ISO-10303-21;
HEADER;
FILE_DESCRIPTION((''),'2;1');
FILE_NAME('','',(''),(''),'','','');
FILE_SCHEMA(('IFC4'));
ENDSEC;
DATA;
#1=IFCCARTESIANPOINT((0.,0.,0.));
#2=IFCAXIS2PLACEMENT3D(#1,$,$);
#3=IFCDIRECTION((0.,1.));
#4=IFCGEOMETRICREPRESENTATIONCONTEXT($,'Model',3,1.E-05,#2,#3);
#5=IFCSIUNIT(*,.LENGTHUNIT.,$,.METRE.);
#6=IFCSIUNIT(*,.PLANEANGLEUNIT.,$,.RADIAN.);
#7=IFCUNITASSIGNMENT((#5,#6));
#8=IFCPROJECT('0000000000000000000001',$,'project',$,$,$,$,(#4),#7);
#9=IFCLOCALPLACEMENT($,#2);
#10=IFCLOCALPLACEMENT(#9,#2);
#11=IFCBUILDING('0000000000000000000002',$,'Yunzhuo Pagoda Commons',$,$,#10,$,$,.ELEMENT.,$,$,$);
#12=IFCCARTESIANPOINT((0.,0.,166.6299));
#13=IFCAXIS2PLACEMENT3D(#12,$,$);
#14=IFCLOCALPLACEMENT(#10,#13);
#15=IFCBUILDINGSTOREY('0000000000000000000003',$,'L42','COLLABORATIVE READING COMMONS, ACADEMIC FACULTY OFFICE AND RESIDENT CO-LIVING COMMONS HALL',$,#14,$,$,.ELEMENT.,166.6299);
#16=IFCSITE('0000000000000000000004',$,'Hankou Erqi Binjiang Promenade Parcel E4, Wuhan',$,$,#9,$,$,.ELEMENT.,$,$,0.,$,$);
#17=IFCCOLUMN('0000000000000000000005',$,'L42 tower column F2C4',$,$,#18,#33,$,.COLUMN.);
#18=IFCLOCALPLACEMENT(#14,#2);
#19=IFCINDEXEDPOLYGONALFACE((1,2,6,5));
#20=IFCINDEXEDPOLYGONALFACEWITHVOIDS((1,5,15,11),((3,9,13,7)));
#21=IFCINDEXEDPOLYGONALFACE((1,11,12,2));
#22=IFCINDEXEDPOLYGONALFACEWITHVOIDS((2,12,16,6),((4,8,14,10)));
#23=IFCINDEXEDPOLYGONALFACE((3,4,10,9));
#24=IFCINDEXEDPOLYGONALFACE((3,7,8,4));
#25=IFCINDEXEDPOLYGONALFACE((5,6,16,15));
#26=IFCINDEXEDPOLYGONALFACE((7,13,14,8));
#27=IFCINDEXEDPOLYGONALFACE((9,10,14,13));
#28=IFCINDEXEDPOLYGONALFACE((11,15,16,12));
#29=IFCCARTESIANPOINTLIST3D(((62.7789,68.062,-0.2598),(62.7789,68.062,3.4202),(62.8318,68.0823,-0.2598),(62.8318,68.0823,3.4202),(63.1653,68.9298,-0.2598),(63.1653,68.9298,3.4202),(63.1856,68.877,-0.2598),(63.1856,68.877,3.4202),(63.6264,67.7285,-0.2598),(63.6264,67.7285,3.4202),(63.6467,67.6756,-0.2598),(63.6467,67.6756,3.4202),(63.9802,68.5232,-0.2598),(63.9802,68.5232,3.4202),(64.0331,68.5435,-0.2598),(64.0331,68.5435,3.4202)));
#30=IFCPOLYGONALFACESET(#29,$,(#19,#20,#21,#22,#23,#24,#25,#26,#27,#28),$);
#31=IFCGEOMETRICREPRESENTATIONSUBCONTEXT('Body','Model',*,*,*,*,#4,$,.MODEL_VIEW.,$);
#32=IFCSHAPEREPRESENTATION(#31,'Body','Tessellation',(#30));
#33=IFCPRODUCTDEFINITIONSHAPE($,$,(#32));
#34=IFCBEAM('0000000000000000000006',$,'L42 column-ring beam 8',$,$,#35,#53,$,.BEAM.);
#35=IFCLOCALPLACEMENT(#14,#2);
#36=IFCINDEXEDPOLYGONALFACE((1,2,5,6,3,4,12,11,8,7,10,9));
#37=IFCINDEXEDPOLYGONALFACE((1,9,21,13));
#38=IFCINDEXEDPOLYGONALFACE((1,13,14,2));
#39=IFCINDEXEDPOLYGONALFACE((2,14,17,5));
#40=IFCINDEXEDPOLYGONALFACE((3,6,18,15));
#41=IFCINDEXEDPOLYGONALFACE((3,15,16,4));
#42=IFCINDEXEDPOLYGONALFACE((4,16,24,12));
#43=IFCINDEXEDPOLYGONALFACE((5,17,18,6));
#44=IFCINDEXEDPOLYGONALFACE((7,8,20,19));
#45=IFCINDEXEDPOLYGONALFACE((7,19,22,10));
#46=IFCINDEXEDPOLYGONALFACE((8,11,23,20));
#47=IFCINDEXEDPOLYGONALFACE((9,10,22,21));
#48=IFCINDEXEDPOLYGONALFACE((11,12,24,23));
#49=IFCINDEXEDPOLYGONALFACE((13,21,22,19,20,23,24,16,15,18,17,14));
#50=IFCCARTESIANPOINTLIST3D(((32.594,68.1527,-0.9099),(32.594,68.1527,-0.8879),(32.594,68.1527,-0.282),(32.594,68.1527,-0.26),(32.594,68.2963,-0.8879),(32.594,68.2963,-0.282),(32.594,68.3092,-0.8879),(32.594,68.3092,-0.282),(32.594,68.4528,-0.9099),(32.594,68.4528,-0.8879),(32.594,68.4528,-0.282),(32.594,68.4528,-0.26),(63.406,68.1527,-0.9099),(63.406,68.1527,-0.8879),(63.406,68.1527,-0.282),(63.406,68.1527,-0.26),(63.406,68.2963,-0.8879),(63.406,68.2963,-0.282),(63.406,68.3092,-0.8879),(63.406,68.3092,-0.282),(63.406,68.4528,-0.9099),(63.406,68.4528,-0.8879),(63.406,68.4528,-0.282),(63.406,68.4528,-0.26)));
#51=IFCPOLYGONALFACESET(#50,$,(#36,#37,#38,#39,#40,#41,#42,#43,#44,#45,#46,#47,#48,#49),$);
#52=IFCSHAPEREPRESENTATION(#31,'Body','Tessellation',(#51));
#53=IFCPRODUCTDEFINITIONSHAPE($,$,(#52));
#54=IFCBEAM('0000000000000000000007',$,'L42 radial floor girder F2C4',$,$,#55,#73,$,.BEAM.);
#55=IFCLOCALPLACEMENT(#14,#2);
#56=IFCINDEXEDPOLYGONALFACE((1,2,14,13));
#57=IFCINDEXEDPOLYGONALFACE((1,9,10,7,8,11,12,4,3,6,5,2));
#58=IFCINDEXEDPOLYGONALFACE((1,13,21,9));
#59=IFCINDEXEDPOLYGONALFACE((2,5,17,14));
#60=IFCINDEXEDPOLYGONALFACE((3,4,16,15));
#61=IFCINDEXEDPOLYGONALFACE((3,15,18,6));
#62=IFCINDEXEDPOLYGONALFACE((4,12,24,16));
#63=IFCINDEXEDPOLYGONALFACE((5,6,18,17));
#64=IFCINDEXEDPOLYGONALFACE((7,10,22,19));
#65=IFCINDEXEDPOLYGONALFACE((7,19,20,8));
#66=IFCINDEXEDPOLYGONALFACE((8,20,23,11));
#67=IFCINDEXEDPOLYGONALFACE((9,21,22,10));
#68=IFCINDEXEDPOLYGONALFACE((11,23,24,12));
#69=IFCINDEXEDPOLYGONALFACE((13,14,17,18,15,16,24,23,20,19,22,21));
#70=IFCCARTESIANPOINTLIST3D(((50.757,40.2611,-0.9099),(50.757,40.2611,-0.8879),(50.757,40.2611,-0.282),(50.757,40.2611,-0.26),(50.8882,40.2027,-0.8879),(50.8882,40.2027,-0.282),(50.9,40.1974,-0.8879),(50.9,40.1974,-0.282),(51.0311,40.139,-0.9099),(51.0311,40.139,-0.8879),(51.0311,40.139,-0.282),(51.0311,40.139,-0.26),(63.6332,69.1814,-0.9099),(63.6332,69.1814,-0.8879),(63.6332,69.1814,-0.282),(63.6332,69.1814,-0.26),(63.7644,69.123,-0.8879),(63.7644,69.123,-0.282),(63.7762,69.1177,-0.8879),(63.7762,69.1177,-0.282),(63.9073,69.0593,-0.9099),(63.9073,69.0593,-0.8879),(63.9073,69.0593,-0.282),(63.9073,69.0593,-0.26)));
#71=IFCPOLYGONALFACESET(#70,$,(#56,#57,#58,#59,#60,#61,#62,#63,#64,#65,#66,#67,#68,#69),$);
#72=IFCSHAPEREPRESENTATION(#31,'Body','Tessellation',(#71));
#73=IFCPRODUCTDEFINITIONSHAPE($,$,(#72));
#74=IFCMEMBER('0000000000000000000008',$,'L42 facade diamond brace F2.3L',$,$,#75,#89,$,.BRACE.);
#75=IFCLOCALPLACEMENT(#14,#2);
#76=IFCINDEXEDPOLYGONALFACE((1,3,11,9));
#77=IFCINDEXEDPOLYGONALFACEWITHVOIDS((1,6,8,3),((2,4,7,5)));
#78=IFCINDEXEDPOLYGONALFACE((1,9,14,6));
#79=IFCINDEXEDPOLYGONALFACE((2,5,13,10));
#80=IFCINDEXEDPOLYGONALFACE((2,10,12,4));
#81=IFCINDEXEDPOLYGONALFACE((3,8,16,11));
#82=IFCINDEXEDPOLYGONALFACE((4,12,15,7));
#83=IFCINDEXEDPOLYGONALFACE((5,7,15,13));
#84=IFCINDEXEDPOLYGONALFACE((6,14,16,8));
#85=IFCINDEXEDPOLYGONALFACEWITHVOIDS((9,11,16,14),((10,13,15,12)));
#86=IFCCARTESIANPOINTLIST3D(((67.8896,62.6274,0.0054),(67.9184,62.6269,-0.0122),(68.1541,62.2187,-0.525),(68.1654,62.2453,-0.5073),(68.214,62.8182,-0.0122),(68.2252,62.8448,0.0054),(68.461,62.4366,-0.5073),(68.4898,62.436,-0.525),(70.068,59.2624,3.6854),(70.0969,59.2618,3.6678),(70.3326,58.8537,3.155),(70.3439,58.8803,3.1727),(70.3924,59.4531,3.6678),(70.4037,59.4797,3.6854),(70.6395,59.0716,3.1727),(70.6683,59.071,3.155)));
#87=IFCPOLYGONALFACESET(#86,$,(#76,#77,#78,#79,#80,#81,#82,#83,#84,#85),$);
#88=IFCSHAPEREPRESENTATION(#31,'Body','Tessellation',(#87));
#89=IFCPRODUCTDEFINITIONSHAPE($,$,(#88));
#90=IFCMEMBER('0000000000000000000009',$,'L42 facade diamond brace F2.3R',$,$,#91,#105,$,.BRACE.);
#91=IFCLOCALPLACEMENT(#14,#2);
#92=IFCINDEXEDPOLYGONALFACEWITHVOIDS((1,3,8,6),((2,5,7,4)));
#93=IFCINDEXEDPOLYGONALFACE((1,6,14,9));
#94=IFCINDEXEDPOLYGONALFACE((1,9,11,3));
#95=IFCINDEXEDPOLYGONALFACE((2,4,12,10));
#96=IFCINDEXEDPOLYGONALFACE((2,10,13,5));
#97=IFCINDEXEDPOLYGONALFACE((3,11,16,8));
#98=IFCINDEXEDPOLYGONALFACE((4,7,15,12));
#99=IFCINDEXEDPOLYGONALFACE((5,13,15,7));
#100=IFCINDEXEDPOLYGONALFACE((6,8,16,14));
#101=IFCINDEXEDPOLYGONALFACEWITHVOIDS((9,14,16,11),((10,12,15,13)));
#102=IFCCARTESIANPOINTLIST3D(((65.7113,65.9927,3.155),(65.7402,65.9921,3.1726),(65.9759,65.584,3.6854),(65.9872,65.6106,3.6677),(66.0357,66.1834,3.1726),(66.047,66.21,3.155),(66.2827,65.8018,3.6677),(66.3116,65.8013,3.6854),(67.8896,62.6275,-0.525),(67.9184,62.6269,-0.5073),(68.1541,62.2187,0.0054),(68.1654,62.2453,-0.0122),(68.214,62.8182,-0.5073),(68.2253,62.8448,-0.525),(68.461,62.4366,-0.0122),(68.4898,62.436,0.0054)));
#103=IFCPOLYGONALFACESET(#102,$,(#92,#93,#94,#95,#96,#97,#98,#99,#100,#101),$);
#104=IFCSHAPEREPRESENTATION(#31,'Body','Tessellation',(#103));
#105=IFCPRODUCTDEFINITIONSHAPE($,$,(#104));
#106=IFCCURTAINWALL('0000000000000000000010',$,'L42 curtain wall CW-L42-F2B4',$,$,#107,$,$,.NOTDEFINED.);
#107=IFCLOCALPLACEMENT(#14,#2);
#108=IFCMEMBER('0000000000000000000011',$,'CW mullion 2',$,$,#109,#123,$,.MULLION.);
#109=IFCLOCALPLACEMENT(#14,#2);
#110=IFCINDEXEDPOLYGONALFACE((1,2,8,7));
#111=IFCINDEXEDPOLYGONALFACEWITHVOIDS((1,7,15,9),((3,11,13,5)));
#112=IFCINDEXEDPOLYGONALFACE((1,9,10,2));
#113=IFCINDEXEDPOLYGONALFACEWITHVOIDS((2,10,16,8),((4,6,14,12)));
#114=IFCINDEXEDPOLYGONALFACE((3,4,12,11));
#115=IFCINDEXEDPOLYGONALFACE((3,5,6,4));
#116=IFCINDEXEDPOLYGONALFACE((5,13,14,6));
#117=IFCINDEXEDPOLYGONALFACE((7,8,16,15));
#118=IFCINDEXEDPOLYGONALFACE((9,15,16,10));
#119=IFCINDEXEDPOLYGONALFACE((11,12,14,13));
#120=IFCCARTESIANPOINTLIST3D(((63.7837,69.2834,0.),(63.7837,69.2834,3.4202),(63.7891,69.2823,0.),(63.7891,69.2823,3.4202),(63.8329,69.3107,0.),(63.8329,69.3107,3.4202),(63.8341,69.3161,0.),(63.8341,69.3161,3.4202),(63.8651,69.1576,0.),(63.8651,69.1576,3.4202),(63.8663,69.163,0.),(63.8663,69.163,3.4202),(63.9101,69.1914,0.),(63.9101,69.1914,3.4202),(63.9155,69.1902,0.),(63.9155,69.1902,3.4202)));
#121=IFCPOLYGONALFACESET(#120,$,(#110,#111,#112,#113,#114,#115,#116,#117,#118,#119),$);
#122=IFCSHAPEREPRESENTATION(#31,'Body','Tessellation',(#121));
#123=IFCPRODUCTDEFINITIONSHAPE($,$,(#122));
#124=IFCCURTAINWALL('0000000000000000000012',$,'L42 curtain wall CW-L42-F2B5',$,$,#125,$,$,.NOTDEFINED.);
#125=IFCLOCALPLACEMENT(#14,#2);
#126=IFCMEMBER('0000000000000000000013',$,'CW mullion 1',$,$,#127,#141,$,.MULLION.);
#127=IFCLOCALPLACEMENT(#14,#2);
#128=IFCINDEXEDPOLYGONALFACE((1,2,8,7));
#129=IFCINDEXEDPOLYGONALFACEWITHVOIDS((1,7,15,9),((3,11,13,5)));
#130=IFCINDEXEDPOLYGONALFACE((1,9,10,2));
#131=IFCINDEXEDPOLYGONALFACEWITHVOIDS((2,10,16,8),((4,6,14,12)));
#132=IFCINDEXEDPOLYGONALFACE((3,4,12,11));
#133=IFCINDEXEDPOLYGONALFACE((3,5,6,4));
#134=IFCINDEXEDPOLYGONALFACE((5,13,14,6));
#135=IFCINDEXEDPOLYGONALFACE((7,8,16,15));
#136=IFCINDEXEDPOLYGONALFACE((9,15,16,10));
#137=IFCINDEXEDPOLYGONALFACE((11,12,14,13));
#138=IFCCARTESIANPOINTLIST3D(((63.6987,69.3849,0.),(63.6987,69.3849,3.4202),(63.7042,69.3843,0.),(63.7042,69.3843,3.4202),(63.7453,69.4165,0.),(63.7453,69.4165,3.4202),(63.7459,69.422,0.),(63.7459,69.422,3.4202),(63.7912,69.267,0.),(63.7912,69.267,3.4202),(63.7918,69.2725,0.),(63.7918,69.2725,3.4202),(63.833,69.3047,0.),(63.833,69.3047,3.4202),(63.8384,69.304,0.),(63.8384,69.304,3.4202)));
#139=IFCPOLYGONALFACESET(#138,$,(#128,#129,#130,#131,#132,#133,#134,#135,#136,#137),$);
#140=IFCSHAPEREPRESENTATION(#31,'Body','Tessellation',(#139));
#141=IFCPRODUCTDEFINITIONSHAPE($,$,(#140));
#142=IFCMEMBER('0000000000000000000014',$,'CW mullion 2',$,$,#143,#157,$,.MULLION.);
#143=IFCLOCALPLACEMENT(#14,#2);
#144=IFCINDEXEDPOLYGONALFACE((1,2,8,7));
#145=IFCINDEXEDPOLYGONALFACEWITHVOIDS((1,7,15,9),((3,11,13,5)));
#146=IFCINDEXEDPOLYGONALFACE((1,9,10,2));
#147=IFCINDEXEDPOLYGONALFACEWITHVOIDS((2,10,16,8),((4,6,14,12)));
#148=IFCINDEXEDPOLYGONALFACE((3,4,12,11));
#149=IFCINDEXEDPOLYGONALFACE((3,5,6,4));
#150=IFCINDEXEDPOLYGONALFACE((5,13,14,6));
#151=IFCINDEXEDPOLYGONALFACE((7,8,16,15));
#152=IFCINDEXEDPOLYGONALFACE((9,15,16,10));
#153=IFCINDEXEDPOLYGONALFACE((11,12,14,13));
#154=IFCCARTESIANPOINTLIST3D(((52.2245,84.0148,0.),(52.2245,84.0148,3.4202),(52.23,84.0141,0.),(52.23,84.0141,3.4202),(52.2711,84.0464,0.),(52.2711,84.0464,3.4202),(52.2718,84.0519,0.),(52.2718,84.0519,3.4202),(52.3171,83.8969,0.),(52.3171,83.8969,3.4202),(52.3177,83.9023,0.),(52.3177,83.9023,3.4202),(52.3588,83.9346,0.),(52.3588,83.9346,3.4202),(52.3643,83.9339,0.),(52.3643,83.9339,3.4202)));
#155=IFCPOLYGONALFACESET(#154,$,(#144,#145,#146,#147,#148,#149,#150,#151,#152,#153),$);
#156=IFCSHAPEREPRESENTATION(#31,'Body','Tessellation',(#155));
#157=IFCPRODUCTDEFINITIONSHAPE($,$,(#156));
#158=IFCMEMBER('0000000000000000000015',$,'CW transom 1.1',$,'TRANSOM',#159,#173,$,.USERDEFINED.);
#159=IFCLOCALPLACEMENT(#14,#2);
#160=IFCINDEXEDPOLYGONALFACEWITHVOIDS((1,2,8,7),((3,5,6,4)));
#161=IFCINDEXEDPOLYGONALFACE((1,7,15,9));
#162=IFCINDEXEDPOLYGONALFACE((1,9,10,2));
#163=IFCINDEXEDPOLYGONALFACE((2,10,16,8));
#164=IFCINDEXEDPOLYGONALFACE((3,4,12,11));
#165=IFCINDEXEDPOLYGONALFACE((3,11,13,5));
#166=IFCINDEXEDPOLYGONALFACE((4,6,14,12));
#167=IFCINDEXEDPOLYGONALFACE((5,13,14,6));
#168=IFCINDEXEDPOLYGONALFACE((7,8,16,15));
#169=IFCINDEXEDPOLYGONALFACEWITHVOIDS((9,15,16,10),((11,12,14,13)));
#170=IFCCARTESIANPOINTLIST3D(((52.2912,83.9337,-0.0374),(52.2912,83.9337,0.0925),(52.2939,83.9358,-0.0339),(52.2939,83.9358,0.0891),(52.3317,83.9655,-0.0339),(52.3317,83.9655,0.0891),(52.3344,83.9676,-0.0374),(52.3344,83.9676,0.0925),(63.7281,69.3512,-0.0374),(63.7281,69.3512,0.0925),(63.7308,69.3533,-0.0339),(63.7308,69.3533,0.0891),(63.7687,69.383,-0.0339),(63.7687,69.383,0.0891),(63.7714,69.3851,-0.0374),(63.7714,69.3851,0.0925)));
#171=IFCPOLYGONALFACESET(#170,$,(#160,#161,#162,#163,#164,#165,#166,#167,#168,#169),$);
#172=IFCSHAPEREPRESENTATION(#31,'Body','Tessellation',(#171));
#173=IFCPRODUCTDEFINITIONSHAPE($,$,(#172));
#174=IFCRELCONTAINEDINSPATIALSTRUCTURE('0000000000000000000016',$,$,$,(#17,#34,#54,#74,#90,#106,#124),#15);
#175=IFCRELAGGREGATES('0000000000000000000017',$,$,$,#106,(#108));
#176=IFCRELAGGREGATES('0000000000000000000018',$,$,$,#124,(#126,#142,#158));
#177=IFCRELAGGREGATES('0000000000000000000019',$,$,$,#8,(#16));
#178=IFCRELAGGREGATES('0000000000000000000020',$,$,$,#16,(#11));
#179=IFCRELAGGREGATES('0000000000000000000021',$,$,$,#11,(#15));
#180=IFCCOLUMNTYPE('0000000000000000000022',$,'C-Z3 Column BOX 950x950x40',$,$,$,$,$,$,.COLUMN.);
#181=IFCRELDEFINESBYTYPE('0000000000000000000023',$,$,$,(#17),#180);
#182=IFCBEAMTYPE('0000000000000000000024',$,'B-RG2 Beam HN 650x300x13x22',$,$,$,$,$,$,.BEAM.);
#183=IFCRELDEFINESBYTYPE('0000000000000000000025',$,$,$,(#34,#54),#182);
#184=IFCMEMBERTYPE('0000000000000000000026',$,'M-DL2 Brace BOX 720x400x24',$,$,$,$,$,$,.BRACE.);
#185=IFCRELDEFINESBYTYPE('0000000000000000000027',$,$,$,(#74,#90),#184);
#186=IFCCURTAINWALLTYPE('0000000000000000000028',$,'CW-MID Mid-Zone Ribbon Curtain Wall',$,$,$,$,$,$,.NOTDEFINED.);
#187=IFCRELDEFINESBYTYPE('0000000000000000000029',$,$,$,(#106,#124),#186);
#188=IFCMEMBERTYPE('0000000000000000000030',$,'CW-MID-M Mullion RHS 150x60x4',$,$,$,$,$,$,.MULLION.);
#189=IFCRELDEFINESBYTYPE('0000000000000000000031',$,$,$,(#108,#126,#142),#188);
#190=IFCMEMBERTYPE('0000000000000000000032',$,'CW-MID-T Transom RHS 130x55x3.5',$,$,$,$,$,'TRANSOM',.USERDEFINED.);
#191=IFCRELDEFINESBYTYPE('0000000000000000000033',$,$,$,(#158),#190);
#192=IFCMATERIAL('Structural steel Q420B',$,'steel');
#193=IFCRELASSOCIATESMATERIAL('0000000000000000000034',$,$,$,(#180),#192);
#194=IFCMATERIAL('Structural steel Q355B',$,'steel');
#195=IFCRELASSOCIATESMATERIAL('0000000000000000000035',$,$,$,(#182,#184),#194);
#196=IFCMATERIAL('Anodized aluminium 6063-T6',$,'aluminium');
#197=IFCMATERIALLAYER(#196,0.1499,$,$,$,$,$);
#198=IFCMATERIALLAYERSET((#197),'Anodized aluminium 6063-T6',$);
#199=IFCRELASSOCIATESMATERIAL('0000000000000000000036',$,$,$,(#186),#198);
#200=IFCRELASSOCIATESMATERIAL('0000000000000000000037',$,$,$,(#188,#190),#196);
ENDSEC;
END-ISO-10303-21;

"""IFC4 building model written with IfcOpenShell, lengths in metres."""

from ifc_helpers import new_model, si_unit, direction, frame, origin, origin_2d, place, context, subcontext, project, spatial, hollow_rectangle, i_section, extrude, source, transform, mapped, material, layer, layer_set, material_profile, profile_set, type_object, element, aggregate, save


model = new_model("IFC4")

# Units and contexts
model_context = context("Model", 3, precision=1e-05, world=origin(), true_north=direction((0.0, 1.0)))
body_context = subcontext(model_context, "Body", "Model", "MODEL_VIEW")
ifc_project = project(units=[si_unit("LENGTHUNIT", "METRE"), si_unit("PLANEANGLEUNIT", "RADIAN")], contexts=[model_context])

# Site, building, storey
site_placement = place(None, origin())
site = spatial("IfcSite", under=ifc_project, at=site_placement, Name="Hankou Erqi Binjiang Promenade Parcel E4, Wuhan", CompositionType="ELEMENT", RefElevation=0.0)
building_placement = place(site_placement, origin())
building = spatial("IfcBuilding", under=site, at=building_placement, Name="Yunzhuo Pagoda Commons", CompositionType="ELEMENT")
storey_placement = place(building_placement, frame((0.0, 0.0, 166.6299)))
storey = spatial("IfcBuildingStorey", under=building, at=storey_placement, Name="L42", Description="COLLABORATIVE READING COMMONS, ACADEMIC FACULTY OFFICE AND RESIDENT CO-LIVING COMMONS HALL", CompositionType="ELEMENT", Elevation=166.6299)

# Column
ifc_material_1 = material(Name="Structural steel Q420B", Category="steel")
ifc_material_profile_1 = material_profile(ifc_material_1, hollow_rectangle(XDim=0.95, YDim=0.95, WallThickness=0.04, at=origin_2d()), Name="Structural steel Q420B")
ifc_profile_set_1 = profile_set([ifc_material_profile_1], Name="Structural steel Q420B")
column_type = type_object("IfcColumnType", Name="C-Z3 Column BOX 950x950x40", PredefinedType="COLUMN", material=ifc_profile_set_1)
shared_shape_1 = source(origin(), body_context, "Body", "SweptSolid", [
    extrude(hollow_rectangle(XDim=0.95, YDim=0.95, WallThickness=0.04, at=origin_2d()), origin(), (0.0, 0.0, 1.0), 3.6799),
])
column_placement = place(storey_placement, frame((63.406, 68.3027, -0.2598), z_axis=(0.0, 0.0, 1.0), x_axis=(-0.913545, 0.406737, 0.0)))
element("IfcColumn", 1, at=column_placement, inside=storey, type_object=column_type, Name="L42 tower column F2C4", PredefinedType="COLUMN", context=body_context, shape_type="MappedRepresentation", body=[
    mapped(shared_shape_1, transform((0.0, 0.0, 0.0), scale=1.0)),
])

# Beams
ifc_material_2 = material(Name="Structural steel Q355B", Category="steel")
ifc_material_profile_2 = material_profile(ifc_material_2, i_section(OverallWidth=0.3, OverallDepth=0.6499, WebThickness=0.0129, FlangeThickness=0.022, at=origin_2d()), Name="Structural steel Q355B")
ifc_profile_set_2 = profile_set([ifc_material_profile_2], Name="Structural steel Q355B")
beam_type = type_object("IfcBeamType", Name="B-RG2 Beam HN 650x300x13x22", PredefinedType="BEAM", material=ifc_profile_set_2)
shared_shape_2 = source(origin(), body_context, "Body", "SweptSolid", [
    extrude(i_section(OverallWidth=0.3, OverallDepth=0.6499, WebThickness=0.0129, FlangeThickness=0.022, at=origin_2d()), origin(), (0.0, 0.0, 1.0), 30.812),
])
beam_1_placement = place(storey_placement, frame((63.406, 68.3027, -0.585), z_axis=(-1.0, 0.0, 0.0), x_axis=(0.0, -1.0, 0.0)))
element("IfcBeam", 2, at=beam_1_placement, inside=storey, type_object=beam_type, Name="L42 column-ring beam 8", PredefinedType="BEAM", context=body_context, shape_type="MappedRepresentation", body=[
    mapped(shared_shape_2, transform((0.0, 0.0, 0.0), scale=1.0)),
])
shared_shape_3 = source(origin(), body_context, "Body", "SweptSolid", [
    extrude(i_section(OverallWidth=0.3, OverallDepth=0.6499, WebThickness=0.0129, FlangeThickness=0.022, at=origin_2d()), origin(), (0.0, 0.0, 1.0), 31.6572),
])
beam_2_placement = place(storey_placement, frame((63.7703, 69.1204, -0.585), z_axis=(-0.406737, -0.913545, 0.0), x_axis=(0.913545, -0.406737, 0.0)))
element("IfcBeam", 3, at=beam_2_placement, inside=storey, type_object=beam_type, Name="L42 radial floor girder F2C4", PredefinedType="BEAM", context=body_context, shape_type="MappedRepresentation", body=[
    mapped(shared_shape_3, transform((0.0, 0.0, 0.0), scale=1.0)),
])

# Members
ifc_material_profile_3 = material_profile(ifc_material_2, hollow_rectangle(XDim=0.3999, YDim=0.72, WallThickness=0.0239, at=origin_2d()), Name="Structural steel Q355B")
ifc_profile_set_3 = profile_set([ifc_material_profile_3], Name="Structural steel Q355B")
member_type_1 = type_object("IfcMemberType", Name="M-DL2 Brace BOX 720x400x24", PredefinedType="BRACE", material=ifc_profile_set_3)
shared_shape_4 = source(origin(), body_context, "Body", "SweptSolid", [
    extrude(hollow_rectangle(XDim=0.3999, YDim=0.72, WallThickness=0.0239, at=origin_2d()), origin(), (0.0, 0.0, 1.0), 5.4417),
])
for number, where, z_axis, x_axis, name in (
    (4, (68.1897, 62.5317, -0.2598), (0.400337, -0.618385, 0.676262), (0.839443, 0.543448, 0.0), "L42 facade diamond brace F2.3L"),
    (5, (68.1897, 62.5317, -0.2598), (-0.400289, 0.618424, 0.676255), (-0.839488, -0.543378, 0.0), "L42 facade diamond brace F2.3R"),
):
    element("IfcMember", number, at=place(storey_placement, frame(where, z_axis=z_axis, x_axis=x_axis)), inside=storey, type_object=member_type_1, Name=name, PredefinedType="BRACE", context=body_context, shape_type="MappedRepresentation", body=[
        mapped(shared_shape_4, transform((0.0, 0.0, 0.0), scale=1.0)),
    ])

# Curtain wall, member
ifc_material_3 = material(Name="Anodized aluminium 6063-T6", Category="aluminium")
ifc_layer_1 = layer(ifc_material_3, 0.1499)
ifc_layer_set_1 = layer_set([ifc_layer_1], Name="Anodized aluminium 6063-T6")
curtain_wall_type = type_object("IfcCurtainWallType", Name="CW-MID Mid-Zone Ribbon Curtain Wall", PredefinedType="NOTDEFINED", material=ifc_layer_set_1)
curtain_wall_1_placement = place(storey_placement, origin())
curtain_wall_1 = element("IfcCurtainWall", 6, at=curtain_wall_1_placement, inside=storey, type_object=curtain_wall_type, Name="L42 curtain wall CW-L42-F2B4", PredefinedType="NOTDEFINED")
ifc_material_profile_4 = material_profile(ifc_material_3, hollow_rectangle(XDim=0.0601, YDim=0.1499, WallThickness=0.0039, at=origin_2d()), Name="Anodized aluminium 6063-T6")
ifc_profile_set_4 = profile_set([ifc_material_profile_4], Name="Anodized aluminium 6063-T6")
member_type_2 = type_object("IfcMemberType", Name="CW-MID-M Mullion RHS 150x60x4", PredefinedType="MULLION", material=ifc_profile_set_4)
shared_shape_5 = source(origin(), body_context, "Body", "SweptSolid", [
    extrude(hollow_rectangle(XDim=0.0601, YDim=0.1499, WallThickness=0.0039, at=origin_2d()), origin(), (0.0, 0.0, 1.0), 3.4202),
])
member_1_placement = place(storey_placement, frame((63.8496, 69.2368, 0.0), z_axis=(0.0, 0.0, 1.0), x_axis=(-0.839466, -0.543412, 0.0)))
member_1 = element("IfcMember", 7, at=member_1_placement, type_object=member_type_2, Name="CW mullion 2", PredefinedType="MULLION", context=body_context, shape_type="MappedRepresentation", body=[
    mapped(shared_shape_5, transform((0.0, 0.0, 0.0), scale=1.0)),
])

# Curtain wall, members
curtain_wall_2_placement = place(storey_placement, origin())
curtain_wall_2 = element("IfcCurtainWall", 8, at=curtain_wall_2_placement, inside=storey, type_object=curtain_wall_type, Name="L42 curtain wall CW-L42-F2B5", PredefinedType="NOTDEFINED")
member_2_placement = place(storey_placement, frame((63.7686, 69.3445, 0.0), z_axis=(0.0, 0.0, 1.0), x_axis=(-0.786855, -0.617138, 0.0)))
member_2 = element("IfcMember", 9, at=member_2_placement, type_object=member_type_2, Name="CW mullion 1", PredefinedType="MULLION", context=body_context, shape_type="MappedRepresentation", body=[
    mapped(shared_shape_5, transform((0.0, 0.0, 0.0), scale=1.0)),
])
member_3_placement = place(storey_placement, frame((52.2944, 83.9744, 0.0), z_axis=(0.0, 0.0, 1.0), x_axis=(-0.786855, -0.617138, 0.0)))
member_3 = element("IfcMember", 10, at=member_3_placement, type_object=member_type_2, Name="CW mullion 2", PredefinedType="MULLION", context=body_context, shape_type="MappedRepresentation", body=[
    mapped(shared_shape_5, transform((0.0, 0.0, 0.0), scale=1.0)),
])
ifc_material_profile_5 = material_profile(ifc_material_3, hollow_rectangle(XDim=0.0549, YDim=0.1299, WallThickness=0.0034, at=origin_2d()), Name="Anodized aluminium 6063-T6")
ifc_profile_set_5 = profile_set([ifc_material_profile_5], Name="Anodized aluminium 6063-T6")
member_type_3 = type_object("IfcMemberType", Name="CW-MID-T Transom RHS 130x55x3.5", ElementType="TRANSOM", PredefinedType="USERDEFINED", material=ifc_profile_set_5)
shared_shape_6 = source(origin(), body_context, "Body", "SweptSolid", [
    extrude(hollow_rectangle(XDim=0.0549, YDim=0.1299, WallThickness=0.0034, at=origin_2d()), origin(), (0.0, 0.0, 1.0), 18.5325),
])
member_4_placement = place(storey_placement, frame((63.7498, 69.3682, 0.0276), z_axis=(-0.617131, 0.78686, 0.0), x_axis=(-0.78686, -0.617131, 0.0)))
member_4 = element("IfcMember", 11, at=member_4_placement, type_object=member_type_3, Name="CW transom 1.1", ObjectType="TRANSOM", PredefinedType="USERDEFINED", context=body_context, shape_type="MappedRepresentation", body=[
    mapped(shared_shape_6, transform((0.0, 0.0, 0.0), scale=1.0)),
])

aggregate(curtain_wall_1, [member_1])

aggregate(curtain_wall_2, [member_2, member_3, member_4])

save(model, "model.ifc")
